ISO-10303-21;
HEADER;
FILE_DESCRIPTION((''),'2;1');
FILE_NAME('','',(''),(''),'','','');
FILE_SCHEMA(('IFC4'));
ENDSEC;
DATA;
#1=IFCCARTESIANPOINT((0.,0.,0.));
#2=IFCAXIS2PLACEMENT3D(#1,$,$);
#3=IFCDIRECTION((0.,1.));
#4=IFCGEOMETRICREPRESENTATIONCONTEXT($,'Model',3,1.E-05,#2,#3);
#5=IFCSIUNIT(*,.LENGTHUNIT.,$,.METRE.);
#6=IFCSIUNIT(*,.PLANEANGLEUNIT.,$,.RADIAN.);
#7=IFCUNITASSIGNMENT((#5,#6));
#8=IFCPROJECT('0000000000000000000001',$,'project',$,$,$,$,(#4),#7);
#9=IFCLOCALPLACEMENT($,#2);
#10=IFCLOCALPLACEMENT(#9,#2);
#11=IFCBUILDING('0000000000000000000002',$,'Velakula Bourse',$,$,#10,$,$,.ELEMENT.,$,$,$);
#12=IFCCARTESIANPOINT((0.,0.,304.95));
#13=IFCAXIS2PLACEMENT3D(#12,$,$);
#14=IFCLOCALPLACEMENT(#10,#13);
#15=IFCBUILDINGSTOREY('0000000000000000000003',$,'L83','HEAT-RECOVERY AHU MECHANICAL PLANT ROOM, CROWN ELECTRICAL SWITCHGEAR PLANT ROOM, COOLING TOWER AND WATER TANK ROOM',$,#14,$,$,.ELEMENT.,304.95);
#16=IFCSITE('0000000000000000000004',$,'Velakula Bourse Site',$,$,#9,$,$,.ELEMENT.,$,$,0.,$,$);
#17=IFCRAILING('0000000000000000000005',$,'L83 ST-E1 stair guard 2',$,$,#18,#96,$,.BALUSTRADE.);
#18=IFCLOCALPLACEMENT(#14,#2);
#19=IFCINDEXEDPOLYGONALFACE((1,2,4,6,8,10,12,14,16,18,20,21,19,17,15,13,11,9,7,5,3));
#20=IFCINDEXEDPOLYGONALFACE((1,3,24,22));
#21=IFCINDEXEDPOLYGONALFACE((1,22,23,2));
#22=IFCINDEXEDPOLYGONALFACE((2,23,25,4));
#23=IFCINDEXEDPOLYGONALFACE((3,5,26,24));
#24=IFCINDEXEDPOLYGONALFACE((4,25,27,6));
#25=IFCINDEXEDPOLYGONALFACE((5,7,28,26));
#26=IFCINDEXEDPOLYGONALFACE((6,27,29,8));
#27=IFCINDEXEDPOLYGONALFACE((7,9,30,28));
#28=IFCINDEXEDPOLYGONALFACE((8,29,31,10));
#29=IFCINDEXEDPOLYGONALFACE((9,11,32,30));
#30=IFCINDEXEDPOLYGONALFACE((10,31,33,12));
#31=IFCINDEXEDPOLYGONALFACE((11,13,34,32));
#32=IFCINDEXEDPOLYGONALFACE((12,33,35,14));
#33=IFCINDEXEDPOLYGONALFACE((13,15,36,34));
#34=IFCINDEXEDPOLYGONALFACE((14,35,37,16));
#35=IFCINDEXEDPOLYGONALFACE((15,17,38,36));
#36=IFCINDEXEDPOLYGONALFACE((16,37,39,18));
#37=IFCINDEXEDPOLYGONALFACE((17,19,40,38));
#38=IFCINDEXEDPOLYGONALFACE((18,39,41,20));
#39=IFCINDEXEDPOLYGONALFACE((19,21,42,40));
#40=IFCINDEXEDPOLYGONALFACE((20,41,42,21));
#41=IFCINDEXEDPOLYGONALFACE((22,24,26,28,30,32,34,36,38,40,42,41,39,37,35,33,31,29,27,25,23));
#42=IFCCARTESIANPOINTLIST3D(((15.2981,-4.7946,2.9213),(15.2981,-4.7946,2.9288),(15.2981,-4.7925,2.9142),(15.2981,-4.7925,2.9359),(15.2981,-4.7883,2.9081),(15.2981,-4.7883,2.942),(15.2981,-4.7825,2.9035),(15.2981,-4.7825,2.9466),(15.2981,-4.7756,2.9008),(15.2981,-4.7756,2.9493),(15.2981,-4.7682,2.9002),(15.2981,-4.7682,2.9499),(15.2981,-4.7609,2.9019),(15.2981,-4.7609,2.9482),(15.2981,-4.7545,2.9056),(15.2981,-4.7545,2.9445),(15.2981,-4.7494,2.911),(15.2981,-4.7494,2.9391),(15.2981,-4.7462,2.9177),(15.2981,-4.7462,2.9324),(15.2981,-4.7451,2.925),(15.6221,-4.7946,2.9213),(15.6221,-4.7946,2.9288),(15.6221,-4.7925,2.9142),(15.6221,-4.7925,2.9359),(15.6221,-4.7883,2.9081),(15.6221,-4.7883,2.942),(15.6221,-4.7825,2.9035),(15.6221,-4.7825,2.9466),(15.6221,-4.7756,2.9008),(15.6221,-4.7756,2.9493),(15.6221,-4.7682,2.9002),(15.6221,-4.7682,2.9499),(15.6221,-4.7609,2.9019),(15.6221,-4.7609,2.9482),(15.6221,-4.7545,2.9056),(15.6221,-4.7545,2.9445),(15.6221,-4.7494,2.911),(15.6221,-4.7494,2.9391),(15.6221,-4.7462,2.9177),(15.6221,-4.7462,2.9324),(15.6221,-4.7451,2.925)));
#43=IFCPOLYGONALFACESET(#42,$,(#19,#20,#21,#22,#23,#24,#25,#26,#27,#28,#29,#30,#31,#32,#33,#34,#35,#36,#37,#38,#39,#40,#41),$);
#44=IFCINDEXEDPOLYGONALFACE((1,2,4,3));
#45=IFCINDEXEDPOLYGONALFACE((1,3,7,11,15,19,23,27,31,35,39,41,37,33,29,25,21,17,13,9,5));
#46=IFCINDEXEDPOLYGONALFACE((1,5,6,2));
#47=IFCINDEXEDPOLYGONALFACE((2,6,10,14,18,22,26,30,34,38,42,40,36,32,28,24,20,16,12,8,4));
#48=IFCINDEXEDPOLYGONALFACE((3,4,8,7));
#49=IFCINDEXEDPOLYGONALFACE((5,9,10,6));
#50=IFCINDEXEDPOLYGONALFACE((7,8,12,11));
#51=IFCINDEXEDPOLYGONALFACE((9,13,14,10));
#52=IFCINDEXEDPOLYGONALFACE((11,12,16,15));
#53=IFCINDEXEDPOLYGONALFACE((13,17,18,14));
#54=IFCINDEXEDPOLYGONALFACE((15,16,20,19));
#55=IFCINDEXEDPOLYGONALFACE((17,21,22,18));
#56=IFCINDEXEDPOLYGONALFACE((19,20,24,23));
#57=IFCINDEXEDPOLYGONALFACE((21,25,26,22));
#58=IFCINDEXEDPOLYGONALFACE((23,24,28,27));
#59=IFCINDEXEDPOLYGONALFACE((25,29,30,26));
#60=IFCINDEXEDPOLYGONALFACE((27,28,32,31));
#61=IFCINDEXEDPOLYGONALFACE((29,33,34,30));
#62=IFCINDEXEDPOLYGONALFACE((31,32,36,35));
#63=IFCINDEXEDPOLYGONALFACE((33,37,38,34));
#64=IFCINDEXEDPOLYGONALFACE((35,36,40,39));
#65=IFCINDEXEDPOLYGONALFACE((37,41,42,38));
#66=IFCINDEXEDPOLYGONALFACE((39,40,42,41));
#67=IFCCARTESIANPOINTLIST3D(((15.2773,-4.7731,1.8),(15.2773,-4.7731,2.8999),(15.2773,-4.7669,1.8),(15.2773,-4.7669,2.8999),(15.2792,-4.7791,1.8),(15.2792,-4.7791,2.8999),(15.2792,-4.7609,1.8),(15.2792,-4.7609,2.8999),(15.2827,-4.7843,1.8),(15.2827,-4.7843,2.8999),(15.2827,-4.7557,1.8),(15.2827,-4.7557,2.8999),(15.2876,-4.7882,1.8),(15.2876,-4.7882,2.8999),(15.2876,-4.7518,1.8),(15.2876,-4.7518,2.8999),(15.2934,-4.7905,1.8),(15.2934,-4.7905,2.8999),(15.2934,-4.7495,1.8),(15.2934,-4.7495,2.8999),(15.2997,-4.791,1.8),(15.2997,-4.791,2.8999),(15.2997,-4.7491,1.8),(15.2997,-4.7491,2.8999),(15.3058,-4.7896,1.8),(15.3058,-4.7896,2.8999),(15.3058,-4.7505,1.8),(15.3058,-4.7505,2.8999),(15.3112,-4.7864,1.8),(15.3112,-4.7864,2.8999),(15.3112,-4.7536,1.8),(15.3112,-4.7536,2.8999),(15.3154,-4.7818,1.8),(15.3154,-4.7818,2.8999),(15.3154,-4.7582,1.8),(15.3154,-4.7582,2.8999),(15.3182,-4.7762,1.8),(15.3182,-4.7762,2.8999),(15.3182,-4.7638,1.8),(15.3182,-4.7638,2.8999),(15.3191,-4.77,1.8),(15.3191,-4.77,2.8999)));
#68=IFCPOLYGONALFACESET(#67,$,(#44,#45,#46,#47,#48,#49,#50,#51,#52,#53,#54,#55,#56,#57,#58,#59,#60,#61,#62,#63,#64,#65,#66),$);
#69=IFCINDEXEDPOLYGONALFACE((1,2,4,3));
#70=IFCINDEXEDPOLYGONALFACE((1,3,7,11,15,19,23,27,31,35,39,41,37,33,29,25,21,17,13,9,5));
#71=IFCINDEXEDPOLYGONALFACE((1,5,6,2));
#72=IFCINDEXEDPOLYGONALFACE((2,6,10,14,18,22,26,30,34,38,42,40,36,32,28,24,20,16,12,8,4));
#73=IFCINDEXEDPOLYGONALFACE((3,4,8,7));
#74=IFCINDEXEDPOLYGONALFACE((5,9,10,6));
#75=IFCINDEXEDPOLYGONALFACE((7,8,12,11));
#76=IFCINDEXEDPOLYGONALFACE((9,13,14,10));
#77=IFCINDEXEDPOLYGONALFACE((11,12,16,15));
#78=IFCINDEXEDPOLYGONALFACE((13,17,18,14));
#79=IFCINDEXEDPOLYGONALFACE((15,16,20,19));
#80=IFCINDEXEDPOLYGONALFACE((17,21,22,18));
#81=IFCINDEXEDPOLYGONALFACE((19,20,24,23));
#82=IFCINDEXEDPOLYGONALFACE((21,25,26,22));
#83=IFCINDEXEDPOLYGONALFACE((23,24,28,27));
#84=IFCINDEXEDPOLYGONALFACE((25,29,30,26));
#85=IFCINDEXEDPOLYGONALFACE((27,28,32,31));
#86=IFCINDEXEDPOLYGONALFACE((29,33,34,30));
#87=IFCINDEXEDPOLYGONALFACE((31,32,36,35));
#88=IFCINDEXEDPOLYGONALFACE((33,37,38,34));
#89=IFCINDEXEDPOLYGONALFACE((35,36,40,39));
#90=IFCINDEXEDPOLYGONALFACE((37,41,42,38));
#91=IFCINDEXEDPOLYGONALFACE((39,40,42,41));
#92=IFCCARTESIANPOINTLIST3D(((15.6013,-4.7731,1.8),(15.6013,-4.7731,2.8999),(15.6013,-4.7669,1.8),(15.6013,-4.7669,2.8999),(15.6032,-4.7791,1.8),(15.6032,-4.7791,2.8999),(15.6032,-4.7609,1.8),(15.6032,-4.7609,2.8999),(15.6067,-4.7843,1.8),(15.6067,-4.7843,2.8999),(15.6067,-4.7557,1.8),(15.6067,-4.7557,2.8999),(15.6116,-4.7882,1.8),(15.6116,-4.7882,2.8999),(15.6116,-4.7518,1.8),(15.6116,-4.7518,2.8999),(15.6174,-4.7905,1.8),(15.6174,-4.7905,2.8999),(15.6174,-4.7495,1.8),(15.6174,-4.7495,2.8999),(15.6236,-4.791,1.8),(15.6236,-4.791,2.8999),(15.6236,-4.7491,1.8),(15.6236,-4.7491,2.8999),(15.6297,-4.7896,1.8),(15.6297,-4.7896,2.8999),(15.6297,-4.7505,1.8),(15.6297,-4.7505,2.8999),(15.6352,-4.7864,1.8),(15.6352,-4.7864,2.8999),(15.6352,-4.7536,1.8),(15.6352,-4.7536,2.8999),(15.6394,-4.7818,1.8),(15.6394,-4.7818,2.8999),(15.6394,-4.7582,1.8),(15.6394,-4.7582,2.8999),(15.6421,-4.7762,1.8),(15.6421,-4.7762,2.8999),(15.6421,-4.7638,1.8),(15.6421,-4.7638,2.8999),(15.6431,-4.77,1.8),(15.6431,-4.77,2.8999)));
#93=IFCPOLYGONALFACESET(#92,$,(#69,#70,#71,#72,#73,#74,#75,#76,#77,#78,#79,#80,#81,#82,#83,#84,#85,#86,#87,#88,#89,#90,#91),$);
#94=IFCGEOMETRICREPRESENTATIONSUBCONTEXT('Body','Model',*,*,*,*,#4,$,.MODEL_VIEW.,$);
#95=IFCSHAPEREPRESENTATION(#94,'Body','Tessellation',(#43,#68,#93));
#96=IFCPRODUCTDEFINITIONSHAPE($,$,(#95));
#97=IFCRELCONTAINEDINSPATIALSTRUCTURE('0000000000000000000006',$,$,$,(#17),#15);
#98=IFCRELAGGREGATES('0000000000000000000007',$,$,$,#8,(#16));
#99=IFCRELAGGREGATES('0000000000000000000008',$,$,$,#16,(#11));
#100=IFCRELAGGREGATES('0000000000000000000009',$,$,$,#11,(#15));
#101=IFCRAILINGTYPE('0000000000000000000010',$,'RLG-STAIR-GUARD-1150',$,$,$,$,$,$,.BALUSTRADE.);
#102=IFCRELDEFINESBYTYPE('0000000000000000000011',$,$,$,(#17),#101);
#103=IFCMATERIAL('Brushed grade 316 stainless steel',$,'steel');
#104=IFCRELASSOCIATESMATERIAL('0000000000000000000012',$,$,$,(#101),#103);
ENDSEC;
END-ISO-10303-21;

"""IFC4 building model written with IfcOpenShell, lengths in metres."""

from ifc_helpers import new_model, si_unit, direction, frame, origin, origin_2d, place, context, subcontext, project, spatial, circle, extrude, material, type_object, element, save


model = new_model("IFC4")

# Units and contexts
model_context = context("Model", 3, precision=1e-05, world=origin(), true_north=direction((0.0, 1.0)))
body_context = subcontext(model_context, "Body", "Model", "MODEL_VIEW")
ifc_project = project(units=[si_unit("LENGTHUNIT", "METRE"), si_unit("PLANEANGLEUNIT", "RADIAN")], contexts=[model_context])

# Site, building, storey
site_placement = place(None, origin())
site = spatial("IfcSite", under=ifc_project, at=site_placement, Name="Velakula Bourse Site", CompositionType="ELEMENT", RefElevation=0.0)
building_placement = place(site_placement, origin())
building = spatial("IfcBuilding", under=site, at=building_placement, Name="Velakula Bourse", CompositionType="ELEMENT")
storey_placement = place(building_placement, frame((0.0, 0.0, 304.95)))
storey = spatial("IfcBuildingStorey", under=building, at=storey_placement, Name="L83", Description="HEAT-RECOVERY AHU MECHANICAL PLANT ROOM, CROWN ELECTRICAL SWITCHGEAR PLANT ROOM, COOLING TOWER AND WATER TANK ROOM", CompositionType="ELEMENT", Elevation=304.95)

# Shared definitions
ifc_material_1 = material(Name="Brushed grade 316 stainless steel", Category="steel")

# Railing
railing_type_1 = type_object("IfcRailingType", Name="RLG-STAIR-GUARD-1150", PredefinedType="BALUSTRADE", material=ifc_material_1)
railing_1_placement = place(storey_placement, frame((15.2981, -4.77, 1.8)))
element("IfcRailing", 1, at=railing_1_placement, inside=storey, type_object=railing_type_1, Name="L83 ST-E1 stair guard 2", PredefinedType="BALUSTRADE", context=body_context, shape_type="SweptSolid", body=[
    extrude(circle(Radius=0.0249, at=origin_2d()), frame((0.0, 0.0, 1.125), z_axis=(1.0, 0.0, 0.0), x_axis=(0.0, 1.0, 0.0)), (0.0, 0.0, 1.0), 0.324),
    extrude(circle(Radius=0.021, at=origin_2d()), origin(), (0.0, 0.0, 1.0), 1.0999),
    extrude(circle(Radius=0.021, at=origin_2d()), frame((0.324, 0.0, 0.0)), (0.0, 0.0, 1.0), 1.0999),
])

save(model, "model.ifc")
